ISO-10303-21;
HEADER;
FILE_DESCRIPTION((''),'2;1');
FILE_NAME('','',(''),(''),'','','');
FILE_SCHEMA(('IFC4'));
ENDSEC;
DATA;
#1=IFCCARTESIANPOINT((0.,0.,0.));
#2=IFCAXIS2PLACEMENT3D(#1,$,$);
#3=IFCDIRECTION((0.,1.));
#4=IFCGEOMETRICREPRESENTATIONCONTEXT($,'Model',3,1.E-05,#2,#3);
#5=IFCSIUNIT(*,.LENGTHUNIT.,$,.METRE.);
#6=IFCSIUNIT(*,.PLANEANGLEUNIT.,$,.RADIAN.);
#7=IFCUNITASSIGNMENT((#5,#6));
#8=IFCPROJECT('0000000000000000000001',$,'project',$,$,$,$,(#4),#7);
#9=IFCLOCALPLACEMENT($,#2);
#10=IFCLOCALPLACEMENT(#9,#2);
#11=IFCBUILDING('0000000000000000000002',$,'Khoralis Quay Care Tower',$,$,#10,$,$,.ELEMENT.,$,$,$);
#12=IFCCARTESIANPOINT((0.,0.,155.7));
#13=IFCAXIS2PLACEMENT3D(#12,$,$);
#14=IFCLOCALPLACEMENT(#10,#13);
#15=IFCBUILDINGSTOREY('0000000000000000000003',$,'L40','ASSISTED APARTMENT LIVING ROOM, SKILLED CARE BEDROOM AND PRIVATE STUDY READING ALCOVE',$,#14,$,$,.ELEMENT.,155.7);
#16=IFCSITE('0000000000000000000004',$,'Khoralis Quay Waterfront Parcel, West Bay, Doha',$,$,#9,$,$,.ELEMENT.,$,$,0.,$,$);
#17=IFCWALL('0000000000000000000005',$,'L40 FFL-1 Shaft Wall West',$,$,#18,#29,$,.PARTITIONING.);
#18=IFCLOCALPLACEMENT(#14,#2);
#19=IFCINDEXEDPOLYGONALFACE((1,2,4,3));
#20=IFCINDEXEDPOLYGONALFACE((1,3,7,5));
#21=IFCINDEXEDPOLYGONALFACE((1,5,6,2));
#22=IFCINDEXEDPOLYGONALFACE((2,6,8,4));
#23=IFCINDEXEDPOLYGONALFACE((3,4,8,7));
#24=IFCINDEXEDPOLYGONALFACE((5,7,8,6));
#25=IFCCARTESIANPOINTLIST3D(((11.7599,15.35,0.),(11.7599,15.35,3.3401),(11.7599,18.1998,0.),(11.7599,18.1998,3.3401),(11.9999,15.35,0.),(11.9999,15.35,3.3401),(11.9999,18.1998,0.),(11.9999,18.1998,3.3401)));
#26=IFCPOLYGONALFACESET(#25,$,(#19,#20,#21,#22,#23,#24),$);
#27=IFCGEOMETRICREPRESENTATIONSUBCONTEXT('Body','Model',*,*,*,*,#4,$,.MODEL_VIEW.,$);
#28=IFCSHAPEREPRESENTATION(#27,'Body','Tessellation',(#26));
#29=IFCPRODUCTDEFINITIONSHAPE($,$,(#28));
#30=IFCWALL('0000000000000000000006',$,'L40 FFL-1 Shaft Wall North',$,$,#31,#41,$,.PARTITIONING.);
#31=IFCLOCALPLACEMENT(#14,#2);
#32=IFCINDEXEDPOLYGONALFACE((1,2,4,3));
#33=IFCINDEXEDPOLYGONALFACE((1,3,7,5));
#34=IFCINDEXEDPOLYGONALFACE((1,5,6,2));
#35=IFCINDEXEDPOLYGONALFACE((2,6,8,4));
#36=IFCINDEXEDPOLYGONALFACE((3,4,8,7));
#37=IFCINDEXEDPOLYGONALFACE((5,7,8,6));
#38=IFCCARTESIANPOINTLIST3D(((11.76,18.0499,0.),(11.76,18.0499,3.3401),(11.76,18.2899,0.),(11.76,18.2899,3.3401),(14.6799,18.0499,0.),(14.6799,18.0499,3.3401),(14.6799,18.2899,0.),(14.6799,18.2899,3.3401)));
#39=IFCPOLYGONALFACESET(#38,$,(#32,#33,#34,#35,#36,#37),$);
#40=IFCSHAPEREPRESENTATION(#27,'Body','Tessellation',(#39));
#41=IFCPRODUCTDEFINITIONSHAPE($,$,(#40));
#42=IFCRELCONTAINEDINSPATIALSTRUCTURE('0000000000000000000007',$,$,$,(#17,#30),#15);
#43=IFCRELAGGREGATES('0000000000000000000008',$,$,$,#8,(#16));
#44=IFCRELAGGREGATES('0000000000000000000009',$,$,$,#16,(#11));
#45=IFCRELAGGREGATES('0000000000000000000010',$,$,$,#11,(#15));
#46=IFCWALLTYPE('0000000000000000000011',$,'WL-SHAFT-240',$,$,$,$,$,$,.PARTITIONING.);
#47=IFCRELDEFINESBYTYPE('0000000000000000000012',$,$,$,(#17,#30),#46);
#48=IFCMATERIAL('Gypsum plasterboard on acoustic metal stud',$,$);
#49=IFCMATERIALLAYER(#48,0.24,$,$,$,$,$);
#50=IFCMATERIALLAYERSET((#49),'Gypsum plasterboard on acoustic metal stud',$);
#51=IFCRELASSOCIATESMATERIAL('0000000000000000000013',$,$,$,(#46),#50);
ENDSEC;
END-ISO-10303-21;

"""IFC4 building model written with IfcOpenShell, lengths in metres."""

from ifc_helpers import new_model, si_unit, direction, frame, frame_2d, origin, place, context, subcontext, project, spatial, rectangle, extrude, material, layer, layer_set, type_object, element, save


model = new_model("IFC4")

# Units and contexts
model_context = context("Model", 3, precision=1e-05, world=origin(), true_north=direction((0.0, 1.0)))
body_context = subcontext(model_context, "Body", "Model", "MODEL_VIEW")
ifc_project = project(units=[si_unit("LENGTHUNIT", "METRE"), si_unit("PLANEANGLEUNIT", "RADIAN")], contexts=[model_context])

# Site, building, storey
site_placement = place(None, origin())
site = spatial("IfcSite", under=ifc_project, at=site_placement, Name="Khoralis Quay Waterfront Parcel, West Bay, Doha", CompositionType="ELEMENT", RefElevation=0.0)
building_placement = place(site_placement, origin())
building = spatial("IfcBuilding", under=site, at=building_placement, Name="Khoralis Quay Care Tower", CompositionType="ELEMENT")
storey_placement = place(building_placement, frame((0.0, 0.0, 155.7)))
storey = spatial("IfcBuildingStorey", under=building, at=storey_placement, Name="L40", Description="ASSISTED APARTMENT LIVING ROOM, SKILLED CARE BEDROOM AND PRIVATE STUDY READING ALCOVE", CompositionType="ELEMENT", Elevation=155.7)

# Shared definitions
ifc_material_1 = material(Name="Gypsum plasterboard on acoustic metal stud")

# Walls
ifc_layer_1 = layer(ifc_material_1, 0.24)
ifc_layer_set_1 = layer_set([ifc_layer_1], Name="Gypsum plasterboard on acoustic metal stud")
wall_type_1 = type_object("IfcWallType", Name="WL-SHAFT-240", PredefinedType="PARTITIONING", material=ifc_layer_set_1)
wall_1_placement = place(storey_placement, frame((11.8799, 15.3501, 0.0), z_axis=(0.0, 0.0, 1.0), x_axis=(0.0, 1.0, 0.0)))
element("IfcWall", 1, at=wall_1_placement, inside=storey, type_object=wall_type_1, Name="L40 FFL-1 Shaft Wall West", PredefinedType="PARTITIONING", context=body_context, shape_type="SweptSolid", body=[
    extrude(rectangle(XDim=2.8499, YDim=0.24, at=frame_2d((1.4248, 0.0))), origin(), (0.0, 0.0, 1.0), 3.3401),
])
wall_2_placement = place(storey_placement, frame((11.76, 18.1699, 0.0), z_axis=(0.0, 0.0, 1.0), x_axis=(1.0, 0.0, 0.0)))
element("IfcWall", 2, at=wall_2_placement, inside=storey, type_object=wall_type_1, Name="L40 FFL-1 Shaft Wall North", PredefinedType="PARTITIONING", context=body_context, shape_type="SweptSolid", body=[
    extrude(rectangle(XDim=2.9199, YDim=0.24, at=frame_2d((1.46, 0.0))), origin(), (0.0, 0.0, 1.0), 3.3401),
])

save(model, "model.ifc")
